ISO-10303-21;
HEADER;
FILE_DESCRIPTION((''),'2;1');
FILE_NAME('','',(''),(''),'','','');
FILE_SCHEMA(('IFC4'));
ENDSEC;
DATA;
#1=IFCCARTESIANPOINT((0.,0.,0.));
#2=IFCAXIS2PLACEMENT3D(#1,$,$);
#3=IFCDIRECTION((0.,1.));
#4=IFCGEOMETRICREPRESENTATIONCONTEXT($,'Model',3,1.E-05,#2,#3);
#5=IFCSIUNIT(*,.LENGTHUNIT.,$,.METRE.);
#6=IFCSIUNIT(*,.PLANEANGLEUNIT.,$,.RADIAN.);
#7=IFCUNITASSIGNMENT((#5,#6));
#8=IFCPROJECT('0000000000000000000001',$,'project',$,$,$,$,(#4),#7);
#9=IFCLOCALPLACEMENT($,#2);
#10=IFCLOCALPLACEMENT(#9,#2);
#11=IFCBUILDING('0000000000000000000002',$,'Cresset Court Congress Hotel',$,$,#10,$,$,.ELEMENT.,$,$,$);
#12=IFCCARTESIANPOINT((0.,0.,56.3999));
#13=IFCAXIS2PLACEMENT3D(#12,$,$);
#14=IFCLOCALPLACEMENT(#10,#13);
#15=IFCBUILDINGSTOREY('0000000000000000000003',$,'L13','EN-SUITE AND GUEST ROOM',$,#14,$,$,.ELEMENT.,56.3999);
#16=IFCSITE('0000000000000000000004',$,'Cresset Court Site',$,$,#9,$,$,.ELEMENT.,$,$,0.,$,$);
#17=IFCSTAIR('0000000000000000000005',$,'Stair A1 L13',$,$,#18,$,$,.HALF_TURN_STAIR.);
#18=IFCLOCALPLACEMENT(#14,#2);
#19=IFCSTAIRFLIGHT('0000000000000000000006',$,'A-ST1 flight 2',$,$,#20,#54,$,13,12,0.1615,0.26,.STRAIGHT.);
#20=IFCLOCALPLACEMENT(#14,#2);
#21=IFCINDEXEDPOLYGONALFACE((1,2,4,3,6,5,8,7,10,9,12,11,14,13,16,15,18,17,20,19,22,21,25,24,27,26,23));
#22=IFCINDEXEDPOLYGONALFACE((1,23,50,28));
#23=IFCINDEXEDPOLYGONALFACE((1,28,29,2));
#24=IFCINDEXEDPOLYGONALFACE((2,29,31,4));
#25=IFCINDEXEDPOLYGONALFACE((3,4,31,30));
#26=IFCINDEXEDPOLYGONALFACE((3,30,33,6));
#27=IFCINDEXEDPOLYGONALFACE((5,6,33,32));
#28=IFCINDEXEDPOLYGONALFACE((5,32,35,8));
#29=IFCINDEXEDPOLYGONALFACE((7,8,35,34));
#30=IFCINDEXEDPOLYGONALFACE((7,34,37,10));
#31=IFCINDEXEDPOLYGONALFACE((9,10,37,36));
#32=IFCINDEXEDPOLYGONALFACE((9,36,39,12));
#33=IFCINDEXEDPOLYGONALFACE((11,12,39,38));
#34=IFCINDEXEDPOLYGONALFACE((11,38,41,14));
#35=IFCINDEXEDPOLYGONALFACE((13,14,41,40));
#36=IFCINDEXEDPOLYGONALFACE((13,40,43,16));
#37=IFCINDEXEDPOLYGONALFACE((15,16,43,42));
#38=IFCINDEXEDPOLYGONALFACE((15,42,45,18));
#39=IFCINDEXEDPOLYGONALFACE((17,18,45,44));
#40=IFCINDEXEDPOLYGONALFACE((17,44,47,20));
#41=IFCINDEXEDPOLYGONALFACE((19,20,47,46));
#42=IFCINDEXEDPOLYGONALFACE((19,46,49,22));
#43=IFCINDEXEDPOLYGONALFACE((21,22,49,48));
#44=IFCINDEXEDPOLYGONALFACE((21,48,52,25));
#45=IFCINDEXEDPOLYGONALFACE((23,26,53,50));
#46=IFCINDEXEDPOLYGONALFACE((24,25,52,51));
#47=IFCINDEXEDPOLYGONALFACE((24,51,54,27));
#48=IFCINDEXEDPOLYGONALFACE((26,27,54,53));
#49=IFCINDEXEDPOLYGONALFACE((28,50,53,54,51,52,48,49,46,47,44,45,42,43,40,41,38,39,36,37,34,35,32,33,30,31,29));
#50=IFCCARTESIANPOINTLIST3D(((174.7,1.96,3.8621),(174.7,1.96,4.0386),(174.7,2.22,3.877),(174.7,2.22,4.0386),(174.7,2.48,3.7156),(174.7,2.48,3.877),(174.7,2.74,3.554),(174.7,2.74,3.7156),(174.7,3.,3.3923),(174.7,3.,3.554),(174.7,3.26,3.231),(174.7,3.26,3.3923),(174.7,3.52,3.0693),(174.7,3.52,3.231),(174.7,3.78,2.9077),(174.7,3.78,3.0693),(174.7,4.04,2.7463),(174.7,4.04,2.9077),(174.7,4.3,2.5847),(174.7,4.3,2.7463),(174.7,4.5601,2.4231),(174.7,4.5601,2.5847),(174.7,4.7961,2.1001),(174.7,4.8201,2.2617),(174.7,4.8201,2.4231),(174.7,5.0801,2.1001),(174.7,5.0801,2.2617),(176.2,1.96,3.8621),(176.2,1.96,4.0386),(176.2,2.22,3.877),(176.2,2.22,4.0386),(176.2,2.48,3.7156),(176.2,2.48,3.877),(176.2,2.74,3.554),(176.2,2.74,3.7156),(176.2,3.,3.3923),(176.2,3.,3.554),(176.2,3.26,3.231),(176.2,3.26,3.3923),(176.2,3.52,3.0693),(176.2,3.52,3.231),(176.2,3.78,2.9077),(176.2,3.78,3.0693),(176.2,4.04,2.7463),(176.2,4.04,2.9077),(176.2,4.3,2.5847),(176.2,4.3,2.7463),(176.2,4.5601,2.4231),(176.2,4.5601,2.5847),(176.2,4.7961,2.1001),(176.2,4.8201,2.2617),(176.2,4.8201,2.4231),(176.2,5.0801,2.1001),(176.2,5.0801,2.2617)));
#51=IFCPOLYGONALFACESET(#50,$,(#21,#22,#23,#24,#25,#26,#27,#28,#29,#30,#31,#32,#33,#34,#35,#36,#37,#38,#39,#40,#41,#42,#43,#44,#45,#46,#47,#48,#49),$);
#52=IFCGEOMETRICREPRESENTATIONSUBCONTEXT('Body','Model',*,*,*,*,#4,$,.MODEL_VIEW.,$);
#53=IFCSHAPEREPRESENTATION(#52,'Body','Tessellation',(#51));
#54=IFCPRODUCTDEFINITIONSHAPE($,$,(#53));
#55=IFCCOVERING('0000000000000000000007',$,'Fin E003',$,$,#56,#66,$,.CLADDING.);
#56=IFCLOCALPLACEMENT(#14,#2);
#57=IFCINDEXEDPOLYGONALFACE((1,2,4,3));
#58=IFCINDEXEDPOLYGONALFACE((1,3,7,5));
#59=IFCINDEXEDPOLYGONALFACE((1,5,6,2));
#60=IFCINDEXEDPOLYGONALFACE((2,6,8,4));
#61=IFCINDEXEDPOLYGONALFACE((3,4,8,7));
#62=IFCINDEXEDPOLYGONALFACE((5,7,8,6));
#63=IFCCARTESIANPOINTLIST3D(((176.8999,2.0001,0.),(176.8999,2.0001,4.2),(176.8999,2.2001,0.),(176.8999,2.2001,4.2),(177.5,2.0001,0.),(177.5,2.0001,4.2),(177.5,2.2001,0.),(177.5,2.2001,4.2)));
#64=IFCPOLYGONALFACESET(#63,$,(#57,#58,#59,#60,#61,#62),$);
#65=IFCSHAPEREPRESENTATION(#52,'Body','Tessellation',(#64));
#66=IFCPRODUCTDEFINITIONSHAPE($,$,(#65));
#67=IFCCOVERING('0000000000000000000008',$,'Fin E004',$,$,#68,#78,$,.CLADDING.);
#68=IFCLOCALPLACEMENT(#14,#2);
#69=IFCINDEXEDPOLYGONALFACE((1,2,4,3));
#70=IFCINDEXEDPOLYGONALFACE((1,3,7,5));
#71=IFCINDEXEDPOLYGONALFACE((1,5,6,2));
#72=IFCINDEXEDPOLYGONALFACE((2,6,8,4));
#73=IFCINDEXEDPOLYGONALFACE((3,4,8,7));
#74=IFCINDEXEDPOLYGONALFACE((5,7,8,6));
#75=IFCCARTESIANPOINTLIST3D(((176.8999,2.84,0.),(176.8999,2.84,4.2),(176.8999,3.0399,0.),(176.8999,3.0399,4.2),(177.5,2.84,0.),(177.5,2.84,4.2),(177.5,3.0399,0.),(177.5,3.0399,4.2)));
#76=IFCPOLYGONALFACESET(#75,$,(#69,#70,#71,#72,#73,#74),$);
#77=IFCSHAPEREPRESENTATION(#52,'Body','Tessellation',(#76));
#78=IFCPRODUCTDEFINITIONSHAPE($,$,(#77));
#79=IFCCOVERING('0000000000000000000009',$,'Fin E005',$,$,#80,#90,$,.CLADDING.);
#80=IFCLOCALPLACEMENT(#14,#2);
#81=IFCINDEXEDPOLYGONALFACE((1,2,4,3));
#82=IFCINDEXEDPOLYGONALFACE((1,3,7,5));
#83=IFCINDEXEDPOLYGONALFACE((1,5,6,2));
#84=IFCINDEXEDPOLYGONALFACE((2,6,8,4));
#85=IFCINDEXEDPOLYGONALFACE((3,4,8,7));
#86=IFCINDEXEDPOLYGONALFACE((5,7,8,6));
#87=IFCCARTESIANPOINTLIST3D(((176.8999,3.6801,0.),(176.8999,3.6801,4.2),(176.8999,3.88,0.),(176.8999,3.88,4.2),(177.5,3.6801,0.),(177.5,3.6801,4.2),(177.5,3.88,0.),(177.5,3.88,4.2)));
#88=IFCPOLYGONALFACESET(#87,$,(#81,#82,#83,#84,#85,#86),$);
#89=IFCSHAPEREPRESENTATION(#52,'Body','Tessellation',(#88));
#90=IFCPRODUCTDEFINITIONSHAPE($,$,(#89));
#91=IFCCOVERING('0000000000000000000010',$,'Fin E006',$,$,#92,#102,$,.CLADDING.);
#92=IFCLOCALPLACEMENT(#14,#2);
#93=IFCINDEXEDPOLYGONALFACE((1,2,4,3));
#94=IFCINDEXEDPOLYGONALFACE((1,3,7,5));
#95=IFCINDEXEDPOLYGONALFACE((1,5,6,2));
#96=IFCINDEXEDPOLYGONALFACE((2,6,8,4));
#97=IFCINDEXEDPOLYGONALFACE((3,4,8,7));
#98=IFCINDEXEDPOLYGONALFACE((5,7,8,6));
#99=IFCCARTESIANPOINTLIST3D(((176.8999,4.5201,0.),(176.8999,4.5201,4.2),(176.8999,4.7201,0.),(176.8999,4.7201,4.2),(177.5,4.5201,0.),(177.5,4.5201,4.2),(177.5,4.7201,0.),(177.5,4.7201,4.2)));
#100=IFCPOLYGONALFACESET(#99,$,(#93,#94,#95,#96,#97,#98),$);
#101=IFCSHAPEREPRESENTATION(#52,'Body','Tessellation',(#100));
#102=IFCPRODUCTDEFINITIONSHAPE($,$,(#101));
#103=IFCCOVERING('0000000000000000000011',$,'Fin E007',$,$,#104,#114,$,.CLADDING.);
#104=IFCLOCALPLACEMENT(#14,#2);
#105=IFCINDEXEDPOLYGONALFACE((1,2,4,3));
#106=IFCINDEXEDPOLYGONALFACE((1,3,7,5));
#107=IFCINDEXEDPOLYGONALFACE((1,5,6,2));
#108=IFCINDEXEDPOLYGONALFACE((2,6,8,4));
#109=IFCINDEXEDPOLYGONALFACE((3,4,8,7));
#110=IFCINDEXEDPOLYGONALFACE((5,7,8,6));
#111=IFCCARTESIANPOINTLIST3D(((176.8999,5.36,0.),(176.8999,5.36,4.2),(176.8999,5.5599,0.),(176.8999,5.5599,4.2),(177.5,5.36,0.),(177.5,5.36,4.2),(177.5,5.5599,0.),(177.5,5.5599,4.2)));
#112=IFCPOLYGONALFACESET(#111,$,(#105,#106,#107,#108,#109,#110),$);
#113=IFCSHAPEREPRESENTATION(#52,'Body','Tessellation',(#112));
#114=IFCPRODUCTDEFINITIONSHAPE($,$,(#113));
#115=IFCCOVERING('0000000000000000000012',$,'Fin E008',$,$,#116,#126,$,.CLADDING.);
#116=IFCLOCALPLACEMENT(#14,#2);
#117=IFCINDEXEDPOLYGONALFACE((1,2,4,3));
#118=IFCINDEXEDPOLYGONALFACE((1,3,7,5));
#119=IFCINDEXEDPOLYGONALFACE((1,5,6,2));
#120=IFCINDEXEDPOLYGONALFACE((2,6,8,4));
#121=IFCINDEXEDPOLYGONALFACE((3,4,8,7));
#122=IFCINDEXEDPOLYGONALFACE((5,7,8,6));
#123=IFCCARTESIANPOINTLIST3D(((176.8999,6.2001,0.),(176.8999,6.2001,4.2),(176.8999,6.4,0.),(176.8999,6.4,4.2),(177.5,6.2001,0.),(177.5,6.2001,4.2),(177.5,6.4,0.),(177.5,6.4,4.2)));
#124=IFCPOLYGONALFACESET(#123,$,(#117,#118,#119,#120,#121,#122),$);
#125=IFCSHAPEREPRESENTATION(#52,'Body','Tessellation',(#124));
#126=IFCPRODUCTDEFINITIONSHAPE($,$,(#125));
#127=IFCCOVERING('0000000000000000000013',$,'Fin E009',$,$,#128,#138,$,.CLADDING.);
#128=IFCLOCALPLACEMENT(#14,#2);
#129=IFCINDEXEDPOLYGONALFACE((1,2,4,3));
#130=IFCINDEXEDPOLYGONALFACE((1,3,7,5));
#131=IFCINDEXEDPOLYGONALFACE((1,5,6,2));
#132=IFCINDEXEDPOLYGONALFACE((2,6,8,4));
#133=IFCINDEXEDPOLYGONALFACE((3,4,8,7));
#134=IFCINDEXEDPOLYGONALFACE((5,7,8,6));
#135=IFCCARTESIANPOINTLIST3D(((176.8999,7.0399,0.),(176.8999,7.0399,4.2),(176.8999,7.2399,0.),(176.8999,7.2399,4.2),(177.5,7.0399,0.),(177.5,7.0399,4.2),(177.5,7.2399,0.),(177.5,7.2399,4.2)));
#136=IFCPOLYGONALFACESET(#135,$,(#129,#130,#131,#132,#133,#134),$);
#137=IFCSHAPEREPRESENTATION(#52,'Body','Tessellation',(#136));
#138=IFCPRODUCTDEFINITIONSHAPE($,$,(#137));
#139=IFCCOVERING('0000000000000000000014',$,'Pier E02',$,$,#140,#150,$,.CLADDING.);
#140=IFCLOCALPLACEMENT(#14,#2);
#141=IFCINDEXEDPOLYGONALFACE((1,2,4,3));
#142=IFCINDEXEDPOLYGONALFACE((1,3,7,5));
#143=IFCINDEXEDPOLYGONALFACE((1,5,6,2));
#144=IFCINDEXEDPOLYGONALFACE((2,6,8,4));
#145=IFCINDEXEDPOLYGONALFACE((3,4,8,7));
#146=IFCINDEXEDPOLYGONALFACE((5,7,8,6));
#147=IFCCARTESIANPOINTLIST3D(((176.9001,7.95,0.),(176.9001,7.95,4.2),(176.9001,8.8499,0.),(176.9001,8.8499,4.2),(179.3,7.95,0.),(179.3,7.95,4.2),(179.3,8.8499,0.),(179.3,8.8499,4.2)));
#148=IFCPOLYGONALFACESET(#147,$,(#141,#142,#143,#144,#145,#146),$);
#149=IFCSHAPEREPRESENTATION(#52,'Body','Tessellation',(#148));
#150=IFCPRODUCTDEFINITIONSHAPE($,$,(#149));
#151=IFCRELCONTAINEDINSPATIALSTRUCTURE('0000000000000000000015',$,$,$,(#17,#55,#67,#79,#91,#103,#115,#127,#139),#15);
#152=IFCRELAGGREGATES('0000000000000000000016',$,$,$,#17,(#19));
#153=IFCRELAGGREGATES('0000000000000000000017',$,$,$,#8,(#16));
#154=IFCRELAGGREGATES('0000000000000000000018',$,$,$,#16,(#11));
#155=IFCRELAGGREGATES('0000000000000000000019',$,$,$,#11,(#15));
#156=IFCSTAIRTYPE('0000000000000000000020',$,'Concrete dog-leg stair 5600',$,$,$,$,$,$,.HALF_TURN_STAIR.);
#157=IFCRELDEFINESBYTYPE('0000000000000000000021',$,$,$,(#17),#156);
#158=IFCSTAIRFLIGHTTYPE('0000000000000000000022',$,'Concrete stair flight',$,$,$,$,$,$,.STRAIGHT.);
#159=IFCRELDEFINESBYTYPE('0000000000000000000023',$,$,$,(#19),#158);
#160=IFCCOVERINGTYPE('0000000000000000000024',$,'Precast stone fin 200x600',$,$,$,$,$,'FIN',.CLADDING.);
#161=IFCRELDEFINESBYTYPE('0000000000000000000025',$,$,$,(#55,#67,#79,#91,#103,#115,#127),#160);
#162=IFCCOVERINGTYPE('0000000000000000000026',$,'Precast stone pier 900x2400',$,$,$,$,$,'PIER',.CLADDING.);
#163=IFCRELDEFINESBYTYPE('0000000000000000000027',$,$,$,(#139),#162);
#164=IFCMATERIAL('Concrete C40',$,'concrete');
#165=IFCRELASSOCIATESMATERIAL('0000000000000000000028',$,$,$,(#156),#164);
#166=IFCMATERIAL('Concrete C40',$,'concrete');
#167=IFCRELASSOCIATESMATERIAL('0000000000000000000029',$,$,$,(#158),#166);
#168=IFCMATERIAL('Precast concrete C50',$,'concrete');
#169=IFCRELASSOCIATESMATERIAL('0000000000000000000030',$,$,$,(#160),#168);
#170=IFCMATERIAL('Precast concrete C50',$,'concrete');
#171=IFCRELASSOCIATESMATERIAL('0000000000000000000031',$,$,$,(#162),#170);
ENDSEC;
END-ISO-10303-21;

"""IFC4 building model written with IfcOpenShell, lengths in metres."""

from ifc_helpers import new_model, si_unit, direction, frame, origin, origin_2d, place, context, subcontext, project, spatial, polyline, rectangle, outline, extrude, material, type_object, element, aggregate, save


model = new_model("IFC4")

# Units and contexts
model_context = context("Model", 3, precision=1e-05, world=origin(), true_north=direction((0.0, 1.0)))
body_context = subcontext(model_context, "Body", "Model", "MODEL_VIEW")
ifc_project = project(units=[si_unit("LENGTHUNIT", "METRE"), si_unit("PLANEANGLEUNIT", "RADIAN")], contexts=[model_context])

# Site, building, storey
site_placement = place(None, origin())
site = spatial("IfcSite", under=ifc_project, at=site_placement, Name="Cresset Court Site", CompositionType="ELEMENT", RefElevation=0.0)
building_placement = place(site_placement, origin())
building = spatial("IfcBuilding", under=site, at=building_placement, Name="Cresset Court Congress Hotel", CompositionType="ELEMENT")
storey_placement = place(building_placement, frame((0.0, 0.0, 56.3999)))
storey = spatial("IfcBuildingStorey", under=building, at=storey_placement, Name="L13", Description="EN-SUITE AND GUEST ROOM", CompositionType="ELEMENT", Elevation=56.3999)

# Stair, stair flight
ifc_material_1 = material(Name="Concrete C40", Category="concrete")
stair_type = type_object("IfcStairType", Name="Concrete dog-leg stair 5600", PredefinedType="HALF_TURN_STAIR", material=ifc_material_1)
stair_placement = place(storey_placement, origin())
stair = element("IfcStair", 1, at=stair_placement, inside=storey, type_object=stair_type, Name="Stair A1 L13", PredefinedType="HALF_TURN_STAIR")
ifc_material_2 = material(Name="Concrete C40", Category="concrete")
stair_flight_type = type_object("IfcStairFlightType", Name="Concrete stair flight", PredefinedType="STRAIGHT", material=ifc_material_2)
stair_flight_placement = place(storey_placement, frame((175.45, 5.0801, 2.1001), z_axis=(0.0, 0.0, 1.0), x_axis=(0.0, -1.0, 0.0)))
stair_flight = element("IfcStairFlight", 2, at=stair_flight_placement, type_object=stair_flight_type, Name="A-ST1 flight 2", NumberOfRisers=13, NumberOfTreads=12, PredefinedType="STRAIGHT", RiserHeight=0.1615, TreadLength=0.26, context=body_context, shape_type="SweptSolid", body=[
    extrude(outline(polyline([(0.0, 0.0), (0.0, 0.1616), (0.26, 0.1616), (0.26, 0.323), (0.52, 0.323), (0.52, 0.4846), (0.78, 0.4846), (0.78, 0.6462), (1.04, 0.6462), (1.04, 0.8076), (1.3, 0.8076), (1.3, 0.9692), (1.5601, 0.9692), (1.5601, 1.1309), (1.8201, 1.1309), (1.8201, 1.2922), (2.0801, 1.2922), (2.0801, 1.4539), (2.3401, 1.4539), (2.3401, 1.6155), (2.6001, 1.6155), (2.6001, 1.7769), (2.8601, 1.7769), (2.8601, 1.9385), (3.1201, 1.9385), (3.1201, 2.1001), (3.1201, 1.762), (0.2839, 0.0), (0.0, 0.0)])), frame((0.0, 0.75, 0.0), z_axis=(0.0, -1.0, 0.0), x_axis=(1.0, 0.0, 0.0)), (0.0, 0.0, 1.0), 1.5),
])
aggregate(stair, [stair_flight])

# Coverings
ifc_material_3 = material(Name="Precast concrete C50", Category="concrete")
covering_type_1 = type_object("IfcCoveringType", Name="Precast stone fin 200x600", ElementType="FIN", PredefinedType="CLADDING", material=ifc_material_3)
for number, where, z_axis, x_axis, name in (
    (3, (177.2, 2.1001, 0.0), (0.0, 0.0, 1.0), (1.0, 0.0, 0.0), "Fin E003"),
    (4, (177.2, 2.9399, 0.0), (0.0, 0.0, 1.0), (1.0, 0.0, 0.0), "Fin E004"),
    (5, (177.2, 3.78, 0.0), (0.0, 0.0, 1.0), (1.0, 0.0, 0.0), "Fin E005"),
    (6, (177.2, 4.6201, 0.0), (0.0, 0.0, 1.0), (1.0, 0.0, 0.0), "Fin E006"),
    (7, (177.2, 5.46, 0.0), (0.0, 0.0, 1.0), (1.0, 0.0, 0.0), "Fin E007"),
    (8, (177.2, 6.3, 0.0), (0.0, 0.0, 1.0), (1.0, 0.0, 0.0), "Fin E008"),
    (9, (177.2, 7.1399, 0.0), (0.0, 0.0, 1.0), (1.0, 0.0, 0.0), "Fin E009"),
):
    element("IfcCovering", number, at=place(storey_placement, frame(where, z_axis=z_axis, x_axis=x_axis)), inside=storey, type_object=covering_type_1, Name=name, PredefinedType="CLADDING", context=body_context, shape_type="SweptSolid", body=[
        extrude(rectangle(XDim=0.6001, YDim=0.2, at=origin_2d()), origin(), (0.0, 0.0, 1.0), 4.2),
    ])
ifc_material_4 = material(Name="Precast concrete C50", Category="concrete")
covering_type_2 = type_object("IfcCoveringType", Name="Precast stone pier 900x2400", ElementType="PIER", PredefinedType="CLADDING", material=ifc_material_4)
covering_placement = place(storey_placement, frame((178.1001, 8.3999, 0.0), z_axis=(0.0, 0.0, 1.0), x_axis=(1.0, 0.0, 0.0)))
element("IfcCovering", 10, at=covering_placement, inside=storey, type_object=covering_type_2, Name="Pier E02", PredefinedType="CLADDING", context=body_context, shape_type="SweptSolid", body=[
    extrude(rectangle(XDim=2.3999, YDim=0.8999, at=origin_2d()), origin(), (0.0, 0.0, 1.0), 4.2),
])

save(model, "model.ifc")
